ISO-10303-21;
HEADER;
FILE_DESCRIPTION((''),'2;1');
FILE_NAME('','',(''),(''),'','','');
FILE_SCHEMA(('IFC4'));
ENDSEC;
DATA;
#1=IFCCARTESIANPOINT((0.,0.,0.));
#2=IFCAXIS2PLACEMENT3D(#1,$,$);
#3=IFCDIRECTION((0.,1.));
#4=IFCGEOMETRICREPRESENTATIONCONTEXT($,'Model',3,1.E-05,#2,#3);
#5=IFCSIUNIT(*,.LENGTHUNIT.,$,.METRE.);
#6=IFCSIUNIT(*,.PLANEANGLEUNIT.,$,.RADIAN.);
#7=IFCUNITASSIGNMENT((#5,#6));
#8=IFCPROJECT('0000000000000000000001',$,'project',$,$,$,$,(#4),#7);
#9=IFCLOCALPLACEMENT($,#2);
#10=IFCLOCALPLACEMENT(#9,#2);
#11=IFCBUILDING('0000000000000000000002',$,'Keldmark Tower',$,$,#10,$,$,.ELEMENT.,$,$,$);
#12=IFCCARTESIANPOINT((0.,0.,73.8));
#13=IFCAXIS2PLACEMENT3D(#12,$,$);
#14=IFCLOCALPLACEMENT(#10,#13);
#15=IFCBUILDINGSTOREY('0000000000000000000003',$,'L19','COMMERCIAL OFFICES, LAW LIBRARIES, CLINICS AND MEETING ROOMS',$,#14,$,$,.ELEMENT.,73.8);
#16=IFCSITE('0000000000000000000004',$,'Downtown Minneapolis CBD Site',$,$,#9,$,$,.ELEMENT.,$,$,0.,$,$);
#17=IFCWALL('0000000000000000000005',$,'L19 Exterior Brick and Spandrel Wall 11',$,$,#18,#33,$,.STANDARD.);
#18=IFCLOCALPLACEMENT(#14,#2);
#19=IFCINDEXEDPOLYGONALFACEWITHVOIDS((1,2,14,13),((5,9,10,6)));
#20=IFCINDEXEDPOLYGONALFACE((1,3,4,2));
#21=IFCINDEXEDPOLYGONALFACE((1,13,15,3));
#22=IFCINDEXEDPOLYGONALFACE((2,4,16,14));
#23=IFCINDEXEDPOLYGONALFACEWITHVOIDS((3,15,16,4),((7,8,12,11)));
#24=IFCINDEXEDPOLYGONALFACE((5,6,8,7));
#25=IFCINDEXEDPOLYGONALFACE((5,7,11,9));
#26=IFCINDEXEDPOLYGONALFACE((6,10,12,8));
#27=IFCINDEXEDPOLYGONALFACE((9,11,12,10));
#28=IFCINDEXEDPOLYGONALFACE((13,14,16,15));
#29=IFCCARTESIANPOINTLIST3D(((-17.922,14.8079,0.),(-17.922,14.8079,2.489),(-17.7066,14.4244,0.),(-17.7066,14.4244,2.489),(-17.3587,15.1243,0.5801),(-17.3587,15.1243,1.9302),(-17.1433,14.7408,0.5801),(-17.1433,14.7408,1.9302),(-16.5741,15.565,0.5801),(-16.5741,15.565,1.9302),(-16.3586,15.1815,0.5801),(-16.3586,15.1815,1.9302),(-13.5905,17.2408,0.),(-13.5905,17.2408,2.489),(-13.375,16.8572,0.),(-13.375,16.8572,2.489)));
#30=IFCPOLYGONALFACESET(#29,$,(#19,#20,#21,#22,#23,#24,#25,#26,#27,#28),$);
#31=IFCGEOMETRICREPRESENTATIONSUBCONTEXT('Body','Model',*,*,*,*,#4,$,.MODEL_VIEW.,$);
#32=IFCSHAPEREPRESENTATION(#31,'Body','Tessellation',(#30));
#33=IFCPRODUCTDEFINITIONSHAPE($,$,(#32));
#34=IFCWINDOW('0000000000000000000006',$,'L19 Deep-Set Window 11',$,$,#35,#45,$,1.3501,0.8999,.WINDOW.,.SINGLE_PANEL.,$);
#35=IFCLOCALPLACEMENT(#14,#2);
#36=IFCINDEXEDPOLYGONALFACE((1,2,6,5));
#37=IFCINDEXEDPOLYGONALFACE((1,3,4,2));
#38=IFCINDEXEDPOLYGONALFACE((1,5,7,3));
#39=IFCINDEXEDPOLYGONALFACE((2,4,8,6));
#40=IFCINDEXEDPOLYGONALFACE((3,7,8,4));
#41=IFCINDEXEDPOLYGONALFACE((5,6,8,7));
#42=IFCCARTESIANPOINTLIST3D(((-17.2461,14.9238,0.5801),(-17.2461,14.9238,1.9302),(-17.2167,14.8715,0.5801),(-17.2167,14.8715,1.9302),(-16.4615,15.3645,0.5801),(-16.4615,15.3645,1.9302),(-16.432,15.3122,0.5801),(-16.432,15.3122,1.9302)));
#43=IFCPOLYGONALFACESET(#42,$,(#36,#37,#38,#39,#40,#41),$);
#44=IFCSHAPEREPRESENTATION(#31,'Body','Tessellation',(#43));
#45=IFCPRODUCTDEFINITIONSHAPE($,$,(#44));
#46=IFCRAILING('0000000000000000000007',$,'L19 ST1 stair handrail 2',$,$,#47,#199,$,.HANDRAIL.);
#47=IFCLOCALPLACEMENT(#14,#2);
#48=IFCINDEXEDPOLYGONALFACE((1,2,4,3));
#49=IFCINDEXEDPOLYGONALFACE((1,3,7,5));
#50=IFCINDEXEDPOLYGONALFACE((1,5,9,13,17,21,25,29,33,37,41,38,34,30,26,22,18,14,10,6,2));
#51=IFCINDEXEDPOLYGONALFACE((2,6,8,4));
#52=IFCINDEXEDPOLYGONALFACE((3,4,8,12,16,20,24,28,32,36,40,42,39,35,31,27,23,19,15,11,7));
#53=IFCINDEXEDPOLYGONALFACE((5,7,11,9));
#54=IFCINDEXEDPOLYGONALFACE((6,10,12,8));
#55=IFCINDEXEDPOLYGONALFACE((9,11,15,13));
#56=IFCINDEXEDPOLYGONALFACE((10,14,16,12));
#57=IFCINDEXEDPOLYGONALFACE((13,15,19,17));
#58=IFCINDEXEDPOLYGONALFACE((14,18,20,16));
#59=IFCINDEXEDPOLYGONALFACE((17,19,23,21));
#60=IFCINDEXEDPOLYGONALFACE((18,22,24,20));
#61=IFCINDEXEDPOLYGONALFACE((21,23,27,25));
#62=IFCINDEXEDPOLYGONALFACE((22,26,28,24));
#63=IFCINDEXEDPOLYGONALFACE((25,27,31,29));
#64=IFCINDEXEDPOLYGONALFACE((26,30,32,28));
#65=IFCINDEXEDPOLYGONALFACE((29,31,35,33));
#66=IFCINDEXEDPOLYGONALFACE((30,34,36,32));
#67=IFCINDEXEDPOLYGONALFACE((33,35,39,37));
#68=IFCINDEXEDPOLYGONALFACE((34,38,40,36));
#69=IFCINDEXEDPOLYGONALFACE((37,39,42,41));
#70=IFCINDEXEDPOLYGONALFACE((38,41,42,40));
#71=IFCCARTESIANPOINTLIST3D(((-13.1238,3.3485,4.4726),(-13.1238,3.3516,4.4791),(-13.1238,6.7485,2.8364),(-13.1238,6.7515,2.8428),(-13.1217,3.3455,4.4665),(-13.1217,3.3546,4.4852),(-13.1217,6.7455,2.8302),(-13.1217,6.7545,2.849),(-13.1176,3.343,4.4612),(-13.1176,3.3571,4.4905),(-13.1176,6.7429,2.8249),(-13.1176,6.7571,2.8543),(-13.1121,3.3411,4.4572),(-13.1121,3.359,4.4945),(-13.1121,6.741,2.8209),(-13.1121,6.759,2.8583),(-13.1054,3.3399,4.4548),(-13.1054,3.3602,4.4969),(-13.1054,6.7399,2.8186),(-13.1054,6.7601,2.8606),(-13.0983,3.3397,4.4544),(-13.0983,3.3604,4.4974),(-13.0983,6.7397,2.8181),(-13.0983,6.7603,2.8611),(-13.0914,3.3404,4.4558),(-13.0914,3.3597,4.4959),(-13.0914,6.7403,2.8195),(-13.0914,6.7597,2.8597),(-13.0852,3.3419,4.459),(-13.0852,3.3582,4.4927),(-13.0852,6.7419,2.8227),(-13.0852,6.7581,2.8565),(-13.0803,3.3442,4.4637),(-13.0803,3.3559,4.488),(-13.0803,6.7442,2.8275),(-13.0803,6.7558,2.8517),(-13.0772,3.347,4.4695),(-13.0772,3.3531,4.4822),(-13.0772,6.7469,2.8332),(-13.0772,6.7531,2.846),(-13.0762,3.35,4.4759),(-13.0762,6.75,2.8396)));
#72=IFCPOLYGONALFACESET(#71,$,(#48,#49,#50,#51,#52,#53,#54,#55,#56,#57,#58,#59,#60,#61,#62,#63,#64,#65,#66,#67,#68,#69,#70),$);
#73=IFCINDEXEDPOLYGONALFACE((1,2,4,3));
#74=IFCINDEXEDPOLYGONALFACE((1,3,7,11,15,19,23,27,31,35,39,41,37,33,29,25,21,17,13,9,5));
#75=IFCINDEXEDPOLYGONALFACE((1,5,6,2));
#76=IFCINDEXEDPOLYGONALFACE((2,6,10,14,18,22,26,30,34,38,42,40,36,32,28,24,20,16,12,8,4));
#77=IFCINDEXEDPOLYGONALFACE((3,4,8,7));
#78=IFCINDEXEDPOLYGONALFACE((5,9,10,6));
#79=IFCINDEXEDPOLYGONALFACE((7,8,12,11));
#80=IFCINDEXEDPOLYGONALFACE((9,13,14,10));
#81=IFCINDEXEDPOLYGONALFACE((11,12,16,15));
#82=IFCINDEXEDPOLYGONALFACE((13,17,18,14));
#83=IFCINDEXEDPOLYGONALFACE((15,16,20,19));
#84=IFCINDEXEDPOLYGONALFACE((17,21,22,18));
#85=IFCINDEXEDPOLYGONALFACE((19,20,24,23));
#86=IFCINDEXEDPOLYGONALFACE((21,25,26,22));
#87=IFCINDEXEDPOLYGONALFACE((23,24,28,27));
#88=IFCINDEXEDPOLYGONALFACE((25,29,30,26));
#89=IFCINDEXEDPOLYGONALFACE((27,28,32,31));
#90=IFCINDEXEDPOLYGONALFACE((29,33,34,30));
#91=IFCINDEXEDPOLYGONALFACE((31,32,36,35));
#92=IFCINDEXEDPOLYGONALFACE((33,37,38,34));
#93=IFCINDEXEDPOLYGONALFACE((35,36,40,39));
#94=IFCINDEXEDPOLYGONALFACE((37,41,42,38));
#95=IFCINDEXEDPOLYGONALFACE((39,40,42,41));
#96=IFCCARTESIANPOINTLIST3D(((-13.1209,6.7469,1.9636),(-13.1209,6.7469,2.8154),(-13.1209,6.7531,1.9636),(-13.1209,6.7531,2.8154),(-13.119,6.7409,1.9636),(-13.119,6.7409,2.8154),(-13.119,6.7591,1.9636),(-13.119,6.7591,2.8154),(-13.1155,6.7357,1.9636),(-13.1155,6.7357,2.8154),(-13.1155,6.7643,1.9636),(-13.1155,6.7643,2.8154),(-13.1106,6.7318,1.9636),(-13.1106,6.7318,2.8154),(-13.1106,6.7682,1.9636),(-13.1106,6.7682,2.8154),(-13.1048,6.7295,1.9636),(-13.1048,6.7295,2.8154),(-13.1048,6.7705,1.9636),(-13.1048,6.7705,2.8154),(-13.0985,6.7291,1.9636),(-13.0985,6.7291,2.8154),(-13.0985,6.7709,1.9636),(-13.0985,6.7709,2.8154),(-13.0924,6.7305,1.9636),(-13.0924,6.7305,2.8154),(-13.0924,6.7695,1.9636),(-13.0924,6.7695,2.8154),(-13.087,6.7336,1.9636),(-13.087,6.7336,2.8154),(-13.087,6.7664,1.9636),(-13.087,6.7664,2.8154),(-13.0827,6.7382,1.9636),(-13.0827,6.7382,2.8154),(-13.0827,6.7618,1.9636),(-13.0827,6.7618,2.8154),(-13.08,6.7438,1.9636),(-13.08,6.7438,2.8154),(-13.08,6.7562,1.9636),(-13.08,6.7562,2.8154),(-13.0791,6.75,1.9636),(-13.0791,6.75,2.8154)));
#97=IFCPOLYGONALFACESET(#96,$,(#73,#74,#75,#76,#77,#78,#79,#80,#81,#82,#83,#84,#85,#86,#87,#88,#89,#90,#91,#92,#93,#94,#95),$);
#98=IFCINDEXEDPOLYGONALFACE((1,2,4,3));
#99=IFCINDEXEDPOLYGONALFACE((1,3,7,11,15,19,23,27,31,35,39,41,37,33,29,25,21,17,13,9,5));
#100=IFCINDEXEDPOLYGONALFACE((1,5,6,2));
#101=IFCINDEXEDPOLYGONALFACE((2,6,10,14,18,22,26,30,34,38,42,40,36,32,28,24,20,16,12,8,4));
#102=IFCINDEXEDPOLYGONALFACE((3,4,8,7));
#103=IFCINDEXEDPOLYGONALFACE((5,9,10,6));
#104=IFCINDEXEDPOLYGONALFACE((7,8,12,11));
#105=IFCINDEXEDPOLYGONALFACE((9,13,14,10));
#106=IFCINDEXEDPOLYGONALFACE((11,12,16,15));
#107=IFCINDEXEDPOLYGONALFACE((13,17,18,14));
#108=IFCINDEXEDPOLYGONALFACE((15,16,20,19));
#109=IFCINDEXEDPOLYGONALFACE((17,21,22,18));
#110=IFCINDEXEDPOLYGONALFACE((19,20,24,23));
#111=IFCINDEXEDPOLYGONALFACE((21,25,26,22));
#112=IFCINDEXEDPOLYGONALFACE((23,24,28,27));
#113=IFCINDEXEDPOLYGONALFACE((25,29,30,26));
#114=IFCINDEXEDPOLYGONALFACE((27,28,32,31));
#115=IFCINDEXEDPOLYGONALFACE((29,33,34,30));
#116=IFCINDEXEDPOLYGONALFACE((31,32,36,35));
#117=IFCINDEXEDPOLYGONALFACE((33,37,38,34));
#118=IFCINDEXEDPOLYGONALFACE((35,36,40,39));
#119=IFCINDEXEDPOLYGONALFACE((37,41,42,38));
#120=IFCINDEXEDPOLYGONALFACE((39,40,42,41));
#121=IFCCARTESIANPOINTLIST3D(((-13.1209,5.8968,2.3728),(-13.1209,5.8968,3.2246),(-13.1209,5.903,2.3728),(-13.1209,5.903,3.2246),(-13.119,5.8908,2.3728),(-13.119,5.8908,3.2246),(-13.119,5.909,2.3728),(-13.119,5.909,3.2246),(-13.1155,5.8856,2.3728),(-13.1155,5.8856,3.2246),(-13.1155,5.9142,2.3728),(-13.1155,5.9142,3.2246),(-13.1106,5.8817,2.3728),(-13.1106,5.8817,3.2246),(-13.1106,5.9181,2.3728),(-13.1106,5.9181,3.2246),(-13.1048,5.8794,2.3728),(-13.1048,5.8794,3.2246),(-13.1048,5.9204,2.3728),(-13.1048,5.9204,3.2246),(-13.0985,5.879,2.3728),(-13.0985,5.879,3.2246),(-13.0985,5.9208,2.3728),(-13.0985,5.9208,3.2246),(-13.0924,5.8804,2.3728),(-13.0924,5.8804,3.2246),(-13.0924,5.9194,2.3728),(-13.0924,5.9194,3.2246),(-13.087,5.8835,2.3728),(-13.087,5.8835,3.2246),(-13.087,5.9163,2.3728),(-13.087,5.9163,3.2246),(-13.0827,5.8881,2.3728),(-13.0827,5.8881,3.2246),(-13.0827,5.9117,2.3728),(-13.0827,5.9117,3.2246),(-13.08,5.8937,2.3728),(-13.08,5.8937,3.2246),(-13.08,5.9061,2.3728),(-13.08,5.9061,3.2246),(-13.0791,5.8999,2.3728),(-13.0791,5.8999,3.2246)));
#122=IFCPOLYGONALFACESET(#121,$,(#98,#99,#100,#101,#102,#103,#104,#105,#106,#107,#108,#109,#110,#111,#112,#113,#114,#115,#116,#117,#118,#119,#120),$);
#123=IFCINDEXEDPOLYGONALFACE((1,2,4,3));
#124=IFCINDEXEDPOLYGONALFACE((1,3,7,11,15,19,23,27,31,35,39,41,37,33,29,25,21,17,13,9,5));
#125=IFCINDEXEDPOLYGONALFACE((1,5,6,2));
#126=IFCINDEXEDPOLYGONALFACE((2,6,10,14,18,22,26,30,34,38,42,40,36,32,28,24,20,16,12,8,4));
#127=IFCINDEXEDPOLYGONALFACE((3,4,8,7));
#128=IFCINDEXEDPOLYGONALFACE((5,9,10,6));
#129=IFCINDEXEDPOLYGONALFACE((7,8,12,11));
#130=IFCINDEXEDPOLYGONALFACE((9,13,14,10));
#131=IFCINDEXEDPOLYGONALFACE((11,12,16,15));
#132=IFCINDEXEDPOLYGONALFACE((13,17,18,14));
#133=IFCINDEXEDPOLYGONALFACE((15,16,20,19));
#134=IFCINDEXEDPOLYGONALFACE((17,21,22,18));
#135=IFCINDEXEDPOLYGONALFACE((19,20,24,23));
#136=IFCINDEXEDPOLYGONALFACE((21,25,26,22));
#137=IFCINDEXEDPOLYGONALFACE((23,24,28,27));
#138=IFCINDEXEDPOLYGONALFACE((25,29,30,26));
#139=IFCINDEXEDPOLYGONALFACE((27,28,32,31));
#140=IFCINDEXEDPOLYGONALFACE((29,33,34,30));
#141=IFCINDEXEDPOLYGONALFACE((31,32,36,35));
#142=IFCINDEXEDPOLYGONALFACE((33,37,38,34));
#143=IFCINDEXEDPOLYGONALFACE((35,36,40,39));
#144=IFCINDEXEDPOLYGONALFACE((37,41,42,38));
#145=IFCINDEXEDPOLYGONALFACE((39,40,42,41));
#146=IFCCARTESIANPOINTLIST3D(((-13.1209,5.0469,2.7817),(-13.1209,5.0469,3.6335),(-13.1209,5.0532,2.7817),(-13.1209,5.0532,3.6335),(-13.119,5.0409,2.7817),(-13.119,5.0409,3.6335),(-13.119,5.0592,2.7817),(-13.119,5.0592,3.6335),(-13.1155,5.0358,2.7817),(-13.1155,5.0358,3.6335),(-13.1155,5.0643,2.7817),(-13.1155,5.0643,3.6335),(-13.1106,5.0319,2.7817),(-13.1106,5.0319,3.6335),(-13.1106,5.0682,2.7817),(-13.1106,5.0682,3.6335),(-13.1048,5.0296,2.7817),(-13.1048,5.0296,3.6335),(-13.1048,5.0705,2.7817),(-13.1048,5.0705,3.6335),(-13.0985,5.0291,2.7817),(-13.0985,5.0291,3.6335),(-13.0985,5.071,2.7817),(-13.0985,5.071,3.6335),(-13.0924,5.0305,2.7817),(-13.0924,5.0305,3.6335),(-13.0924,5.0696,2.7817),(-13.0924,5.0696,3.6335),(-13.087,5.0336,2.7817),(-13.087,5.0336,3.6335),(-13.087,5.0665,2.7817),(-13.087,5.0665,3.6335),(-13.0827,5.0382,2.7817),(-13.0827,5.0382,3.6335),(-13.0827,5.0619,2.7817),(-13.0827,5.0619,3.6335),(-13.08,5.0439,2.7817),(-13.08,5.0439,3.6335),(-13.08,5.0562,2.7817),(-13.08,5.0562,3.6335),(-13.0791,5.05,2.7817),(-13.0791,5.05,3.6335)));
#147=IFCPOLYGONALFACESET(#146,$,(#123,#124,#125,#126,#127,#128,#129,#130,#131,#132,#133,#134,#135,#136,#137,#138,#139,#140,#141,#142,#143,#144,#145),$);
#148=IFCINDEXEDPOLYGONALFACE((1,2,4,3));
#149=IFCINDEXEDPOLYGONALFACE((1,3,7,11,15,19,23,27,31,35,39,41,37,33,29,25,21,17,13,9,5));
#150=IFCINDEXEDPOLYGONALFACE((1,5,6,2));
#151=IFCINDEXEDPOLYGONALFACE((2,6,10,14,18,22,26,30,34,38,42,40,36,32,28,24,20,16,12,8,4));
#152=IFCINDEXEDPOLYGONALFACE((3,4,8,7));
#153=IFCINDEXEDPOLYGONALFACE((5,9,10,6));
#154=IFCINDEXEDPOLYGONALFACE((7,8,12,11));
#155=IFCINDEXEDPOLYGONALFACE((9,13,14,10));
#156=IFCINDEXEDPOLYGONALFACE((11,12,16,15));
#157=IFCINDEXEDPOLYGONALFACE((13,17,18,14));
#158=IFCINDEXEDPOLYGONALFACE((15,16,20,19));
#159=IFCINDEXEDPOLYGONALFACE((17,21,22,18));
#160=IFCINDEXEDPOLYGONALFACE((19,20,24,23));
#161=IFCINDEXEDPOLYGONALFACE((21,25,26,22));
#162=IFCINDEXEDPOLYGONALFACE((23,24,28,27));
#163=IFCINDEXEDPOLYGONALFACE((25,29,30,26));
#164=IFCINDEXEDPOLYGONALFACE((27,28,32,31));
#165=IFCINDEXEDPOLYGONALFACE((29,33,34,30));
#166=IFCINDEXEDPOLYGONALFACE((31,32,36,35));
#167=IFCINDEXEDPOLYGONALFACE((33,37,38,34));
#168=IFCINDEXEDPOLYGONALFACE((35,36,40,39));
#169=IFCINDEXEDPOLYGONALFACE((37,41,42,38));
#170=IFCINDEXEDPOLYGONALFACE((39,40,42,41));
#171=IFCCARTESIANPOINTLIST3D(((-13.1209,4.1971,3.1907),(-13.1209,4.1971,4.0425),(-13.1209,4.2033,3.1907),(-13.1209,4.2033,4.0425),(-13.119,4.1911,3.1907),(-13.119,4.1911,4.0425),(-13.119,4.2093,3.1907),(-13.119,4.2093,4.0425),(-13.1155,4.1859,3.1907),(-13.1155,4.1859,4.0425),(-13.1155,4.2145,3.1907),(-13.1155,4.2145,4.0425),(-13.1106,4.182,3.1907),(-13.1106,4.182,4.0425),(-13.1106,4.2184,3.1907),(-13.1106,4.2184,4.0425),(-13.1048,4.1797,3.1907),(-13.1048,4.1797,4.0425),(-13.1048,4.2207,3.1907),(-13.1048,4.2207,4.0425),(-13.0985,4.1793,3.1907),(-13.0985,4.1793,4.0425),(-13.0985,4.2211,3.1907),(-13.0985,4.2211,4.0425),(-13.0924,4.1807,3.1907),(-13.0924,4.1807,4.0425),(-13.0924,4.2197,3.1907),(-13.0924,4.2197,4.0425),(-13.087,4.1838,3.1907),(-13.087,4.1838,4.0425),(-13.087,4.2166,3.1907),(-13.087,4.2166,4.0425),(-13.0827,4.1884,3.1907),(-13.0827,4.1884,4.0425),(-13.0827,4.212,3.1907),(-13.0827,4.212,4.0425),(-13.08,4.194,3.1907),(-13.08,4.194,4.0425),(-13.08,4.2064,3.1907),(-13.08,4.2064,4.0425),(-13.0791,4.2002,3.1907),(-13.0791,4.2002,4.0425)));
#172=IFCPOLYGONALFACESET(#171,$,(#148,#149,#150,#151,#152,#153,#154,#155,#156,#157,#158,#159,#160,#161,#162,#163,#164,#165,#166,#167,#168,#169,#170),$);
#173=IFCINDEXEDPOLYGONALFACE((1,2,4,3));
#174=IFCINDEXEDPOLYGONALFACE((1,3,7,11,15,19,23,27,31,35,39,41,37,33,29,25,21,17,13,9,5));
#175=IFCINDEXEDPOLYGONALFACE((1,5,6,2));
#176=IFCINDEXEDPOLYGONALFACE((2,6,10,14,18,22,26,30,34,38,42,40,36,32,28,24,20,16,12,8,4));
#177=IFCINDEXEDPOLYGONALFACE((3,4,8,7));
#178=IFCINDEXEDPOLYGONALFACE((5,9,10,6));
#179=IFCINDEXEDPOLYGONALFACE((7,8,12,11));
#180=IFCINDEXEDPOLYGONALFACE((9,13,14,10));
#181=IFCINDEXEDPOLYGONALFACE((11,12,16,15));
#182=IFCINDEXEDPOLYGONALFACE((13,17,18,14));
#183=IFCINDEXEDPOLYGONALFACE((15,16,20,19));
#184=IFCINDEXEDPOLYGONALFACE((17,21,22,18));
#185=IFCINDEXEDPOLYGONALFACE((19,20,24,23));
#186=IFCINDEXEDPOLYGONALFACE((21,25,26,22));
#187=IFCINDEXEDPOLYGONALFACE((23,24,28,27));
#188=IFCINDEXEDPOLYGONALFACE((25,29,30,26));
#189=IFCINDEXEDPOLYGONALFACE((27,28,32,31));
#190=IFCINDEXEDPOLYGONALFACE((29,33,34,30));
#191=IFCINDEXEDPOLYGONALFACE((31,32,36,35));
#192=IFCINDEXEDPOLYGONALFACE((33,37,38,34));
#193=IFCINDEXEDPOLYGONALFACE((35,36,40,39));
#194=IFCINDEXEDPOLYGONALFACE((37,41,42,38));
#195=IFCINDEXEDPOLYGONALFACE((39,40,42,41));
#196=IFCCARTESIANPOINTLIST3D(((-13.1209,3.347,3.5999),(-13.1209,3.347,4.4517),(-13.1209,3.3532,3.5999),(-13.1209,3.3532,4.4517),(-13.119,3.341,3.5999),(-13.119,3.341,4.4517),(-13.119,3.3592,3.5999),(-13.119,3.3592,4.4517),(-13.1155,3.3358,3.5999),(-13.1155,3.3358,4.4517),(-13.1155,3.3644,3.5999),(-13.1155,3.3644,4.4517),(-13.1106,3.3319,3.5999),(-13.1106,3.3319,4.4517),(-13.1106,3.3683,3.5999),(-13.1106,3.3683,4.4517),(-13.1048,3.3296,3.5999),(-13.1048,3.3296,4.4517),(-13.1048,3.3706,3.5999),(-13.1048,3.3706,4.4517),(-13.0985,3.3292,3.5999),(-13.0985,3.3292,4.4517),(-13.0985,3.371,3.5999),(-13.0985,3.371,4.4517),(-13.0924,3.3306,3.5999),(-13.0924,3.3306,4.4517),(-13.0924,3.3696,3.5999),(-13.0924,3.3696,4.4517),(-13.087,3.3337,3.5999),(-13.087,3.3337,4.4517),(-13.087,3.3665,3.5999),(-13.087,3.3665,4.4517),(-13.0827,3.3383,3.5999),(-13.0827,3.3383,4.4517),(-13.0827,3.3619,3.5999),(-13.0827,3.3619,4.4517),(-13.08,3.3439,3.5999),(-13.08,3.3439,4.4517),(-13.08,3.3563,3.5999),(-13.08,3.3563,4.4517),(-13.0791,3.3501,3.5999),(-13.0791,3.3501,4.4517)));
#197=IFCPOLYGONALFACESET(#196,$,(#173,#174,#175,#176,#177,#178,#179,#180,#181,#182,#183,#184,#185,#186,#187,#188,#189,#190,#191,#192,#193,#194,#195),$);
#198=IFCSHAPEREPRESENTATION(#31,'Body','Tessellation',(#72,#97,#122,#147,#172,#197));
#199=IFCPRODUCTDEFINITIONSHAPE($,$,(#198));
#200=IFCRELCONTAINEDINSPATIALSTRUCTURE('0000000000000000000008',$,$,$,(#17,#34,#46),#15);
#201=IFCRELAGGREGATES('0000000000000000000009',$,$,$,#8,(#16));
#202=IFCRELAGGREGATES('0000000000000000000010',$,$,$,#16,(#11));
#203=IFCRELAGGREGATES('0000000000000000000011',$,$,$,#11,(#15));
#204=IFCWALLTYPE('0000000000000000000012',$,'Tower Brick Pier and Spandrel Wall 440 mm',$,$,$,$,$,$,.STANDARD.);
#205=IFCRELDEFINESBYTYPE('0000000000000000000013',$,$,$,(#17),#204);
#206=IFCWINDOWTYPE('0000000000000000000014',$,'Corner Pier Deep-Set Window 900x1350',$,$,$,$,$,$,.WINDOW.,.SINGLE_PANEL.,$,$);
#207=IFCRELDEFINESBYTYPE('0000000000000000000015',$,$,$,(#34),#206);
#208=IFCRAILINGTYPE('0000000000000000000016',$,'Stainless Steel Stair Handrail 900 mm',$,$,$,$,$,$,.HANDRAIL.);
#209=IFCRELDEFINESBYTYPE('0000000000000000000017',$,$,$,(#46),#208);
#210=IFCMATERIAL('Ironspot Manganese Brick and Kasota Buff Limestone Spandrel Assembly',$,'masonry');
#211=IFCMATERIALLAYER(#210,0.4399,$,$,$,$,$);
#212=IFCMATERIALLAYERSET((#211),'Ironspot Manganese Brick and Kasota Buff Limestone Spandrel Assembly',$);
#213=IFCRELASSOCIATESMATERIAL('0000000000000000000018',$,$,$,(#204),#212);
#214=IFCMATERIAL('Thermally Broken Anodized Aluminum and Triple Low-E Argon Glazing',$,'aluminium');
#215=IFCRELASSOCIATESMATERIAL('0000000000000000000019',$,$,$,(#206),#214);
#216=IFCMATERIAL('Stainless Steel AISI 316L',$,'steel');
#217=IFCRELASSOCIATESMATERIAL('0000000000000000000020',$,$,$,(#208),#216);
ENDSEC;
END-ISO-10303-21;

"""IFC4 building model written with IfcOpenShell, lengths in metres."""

from ifc_helpers import new_model, si_unit, direction, frame, frame_2d, origin, origin_2d, place, context, subcontext, project, spatial, rectangle, circle, extrude, material, layer, layer_set, type_object, element, fill, save


model = new_model("IFC4")

# Units and contexts
model_context = context("Model", 3, precision=1e-05, world=origin(), true_north=direction((0.0, 1.0)))
body_context = subcontext(model_context, "Body", "Model", "MODEL_VIEW")
ifc_project = project(units=[si_unit("LENGTHUNIT", "METRE"), si_unit("PLANEANGLEUNIT", "RADIAN")], contexts=[model_context])

# Site, building, storey
site_placement = place(None, origin())
site = spatial("IfcSite", under=ifc_project, at=site_placement, Name="Downtown Minneapolis CBD Site", CompositionType="ELEMENT", RefElevation=0.0)
building_placement = place(site_placement, origin())
building = spatial("IfcBuilding", under=site, at=building_placement, Name="Keldmark Tower", CompositionType="ELEMENT")
storey_placement = place(building_placement, frame((0.0, 0.0, 73.8)))
storey = spatial("IfcBuildingStorey", under=building, at=storey_placement, Name="L19", Description="COMMERCIAL OFFICES, LAW LIBRARIES, CLINICS AND MEETING ROOMS", CompositionType="ELEMENT", Elevation=73.8)

# Wall, opening, window
ifc_material_1 = material(Name="Ironspot Manganese Brick and Kasota Buff Limestone Spandrel Assembly", Category="masonry")
ifc_layer_1 = layer(ifc_material_1, 0.4399)
ifc_layer_set_1 = layer_set([ifc_layer_1], Name="Ironspot Manganese Brick and Kasota Buff Limestone Spandrel Assembly")
wall_type_1 = type_object("IfcWallType", Name="Tower Brick Pier and Spandrel Wall 440 mm", PredefinedType="STANDARD", material=ifc_layer_set_1)
wall_1_placement = place(storey_placement, frame((-17.8142, 14.6162, 0.0), z_axis=(0.0, 0.0, 1.0), x_axis=(0.871888, 0.489706, 0.0)))
wall_1 = element("IfcWall", 1, at=wall_1_placement, inside=storey, type_object=wall_type_1, Name="L19 Exterior Brick and Spandrel Wall 11", PredefinedType="STANDARD", context=body_context, shape_type="SweptSolid", body=[
    extrude(rectangle(XDim=4.968, YDim=0.4399, at=frame_2d((2.4839, 0.0))), origin(), (0.0, 0.0, 1.0), 2.489),
])
opening_1_placement = place(wall_1_placement, frame((0.646, 0.0, 0.5801)))
opening_1 = element("IfcOpeningElement", 2, at=opening_1_placement, cuts=wall_1, PredefinedType="OPENING", context=body_context, shape_type="SweptSolid", body=[
    extrude(rectangle(XDim=0.8999, YDim=1.3501, at=frame_2d((0.45, 0.675))), frame((0.0, 0.23, 0.0), z_axis=(0.0, -1.0, 0.0), x_axis=(1.0, 0.0, 0.0)), (0.0, 0.0, 1.0), 0.46),
])
ifc_material_2 = material(Name="Thermally Broken Anodized Aluminum and Triple Low-E Argon Glazing", Category="aluminium")
window_type_1 = type_object("IfcWindowType", Name="Corner Pier Deep-Set Window 900x1350", PartitioningType="SINGLE_PANEL", PredefinedType="WINDOW", material=ifc_material_2)
window_1_placement = place(opening_1_placement, origin())
window_1 = element("IfcWindow", 3, at=window_1_placement, inside=storey, type_object=window_type_1, Name="L19 Deep-Set Window 11", OverallHeight=1.3501, OverallWidth=0.8999, PartitioningType="SINGLE_PANEL", PredefinedType="WINDOW", context=body_context, shape_type="SweptSolid", body=[
    extrude(rectangle(XDim=0.8999, YDim=1.3501, at=frame_2d((0.45, 0.675))), frame((0.0, -0.01, 0.0), z_axis=(0.0, -1.0, 0.0), x_axis=(1.0, 0.0, 0.0)), (0.0, 0.0, 1.0), 0.0601),
])
fill(opening_1, window_1)

# Railing
ifc_material_3 = material(Name="Stainless Steel AISI 316L", Category="steel")
railing_type = type_object("IfcRailingType", Name="Stainless Steel Stair Handrail 900 mm", PredefinedType="HANDRAIL", material=ifc_material_3)
railing_placement = place(storey_placement, frame((-13.1001, 6.75, 1.9636)))
element("IfcRailing", 4, at=railing_placement, inside=storey, type_object=railing_type, Name="L19 ST1 stair handrail 2", PredefinedType="HANDRAIL", context=body_context, shape_type="SweptSolid", body=[
    extrude(circle(Radius=0.0239, at=origin_2d()), frame((0.0, 0.0, 0.876), z_axis=(0.0, -0.90108, 0.433652), x_axis=(1.0, 0.0, 0.0)), (0.0, 0.0, 1.0), 3.7732),
    extrude(circle(Radius=0.021, at=origin_2d()), origin(), (0.0, 0.0, 1.0), 0.8518),
    extrude(circle(Radius=0.021, at=origin_2d()), frame((0.0, -0.8501, 0.4092)), (0.0, 0.0, 1.0), 0.8518),
    extrude(circle(Radius=0.021, at=origin_2d()), frame((0.0, -1.7, 0.8181)), (0.0, 0.0, 1.0), 0.8518),
    extrude(circle(Radius=0.021, at=origin_2d()), frame((0.0, -2.5498, 1.2271)), (0.0, 0.0, 1.0), 0.8518),
    extrude(circle(Radius=0.021, at=origin_2d()), frame((0.0, -3.3999, 1.6362)), (0.0, 0.0, 1.0), 0.8518),
])

save(model, "model.ifc")
